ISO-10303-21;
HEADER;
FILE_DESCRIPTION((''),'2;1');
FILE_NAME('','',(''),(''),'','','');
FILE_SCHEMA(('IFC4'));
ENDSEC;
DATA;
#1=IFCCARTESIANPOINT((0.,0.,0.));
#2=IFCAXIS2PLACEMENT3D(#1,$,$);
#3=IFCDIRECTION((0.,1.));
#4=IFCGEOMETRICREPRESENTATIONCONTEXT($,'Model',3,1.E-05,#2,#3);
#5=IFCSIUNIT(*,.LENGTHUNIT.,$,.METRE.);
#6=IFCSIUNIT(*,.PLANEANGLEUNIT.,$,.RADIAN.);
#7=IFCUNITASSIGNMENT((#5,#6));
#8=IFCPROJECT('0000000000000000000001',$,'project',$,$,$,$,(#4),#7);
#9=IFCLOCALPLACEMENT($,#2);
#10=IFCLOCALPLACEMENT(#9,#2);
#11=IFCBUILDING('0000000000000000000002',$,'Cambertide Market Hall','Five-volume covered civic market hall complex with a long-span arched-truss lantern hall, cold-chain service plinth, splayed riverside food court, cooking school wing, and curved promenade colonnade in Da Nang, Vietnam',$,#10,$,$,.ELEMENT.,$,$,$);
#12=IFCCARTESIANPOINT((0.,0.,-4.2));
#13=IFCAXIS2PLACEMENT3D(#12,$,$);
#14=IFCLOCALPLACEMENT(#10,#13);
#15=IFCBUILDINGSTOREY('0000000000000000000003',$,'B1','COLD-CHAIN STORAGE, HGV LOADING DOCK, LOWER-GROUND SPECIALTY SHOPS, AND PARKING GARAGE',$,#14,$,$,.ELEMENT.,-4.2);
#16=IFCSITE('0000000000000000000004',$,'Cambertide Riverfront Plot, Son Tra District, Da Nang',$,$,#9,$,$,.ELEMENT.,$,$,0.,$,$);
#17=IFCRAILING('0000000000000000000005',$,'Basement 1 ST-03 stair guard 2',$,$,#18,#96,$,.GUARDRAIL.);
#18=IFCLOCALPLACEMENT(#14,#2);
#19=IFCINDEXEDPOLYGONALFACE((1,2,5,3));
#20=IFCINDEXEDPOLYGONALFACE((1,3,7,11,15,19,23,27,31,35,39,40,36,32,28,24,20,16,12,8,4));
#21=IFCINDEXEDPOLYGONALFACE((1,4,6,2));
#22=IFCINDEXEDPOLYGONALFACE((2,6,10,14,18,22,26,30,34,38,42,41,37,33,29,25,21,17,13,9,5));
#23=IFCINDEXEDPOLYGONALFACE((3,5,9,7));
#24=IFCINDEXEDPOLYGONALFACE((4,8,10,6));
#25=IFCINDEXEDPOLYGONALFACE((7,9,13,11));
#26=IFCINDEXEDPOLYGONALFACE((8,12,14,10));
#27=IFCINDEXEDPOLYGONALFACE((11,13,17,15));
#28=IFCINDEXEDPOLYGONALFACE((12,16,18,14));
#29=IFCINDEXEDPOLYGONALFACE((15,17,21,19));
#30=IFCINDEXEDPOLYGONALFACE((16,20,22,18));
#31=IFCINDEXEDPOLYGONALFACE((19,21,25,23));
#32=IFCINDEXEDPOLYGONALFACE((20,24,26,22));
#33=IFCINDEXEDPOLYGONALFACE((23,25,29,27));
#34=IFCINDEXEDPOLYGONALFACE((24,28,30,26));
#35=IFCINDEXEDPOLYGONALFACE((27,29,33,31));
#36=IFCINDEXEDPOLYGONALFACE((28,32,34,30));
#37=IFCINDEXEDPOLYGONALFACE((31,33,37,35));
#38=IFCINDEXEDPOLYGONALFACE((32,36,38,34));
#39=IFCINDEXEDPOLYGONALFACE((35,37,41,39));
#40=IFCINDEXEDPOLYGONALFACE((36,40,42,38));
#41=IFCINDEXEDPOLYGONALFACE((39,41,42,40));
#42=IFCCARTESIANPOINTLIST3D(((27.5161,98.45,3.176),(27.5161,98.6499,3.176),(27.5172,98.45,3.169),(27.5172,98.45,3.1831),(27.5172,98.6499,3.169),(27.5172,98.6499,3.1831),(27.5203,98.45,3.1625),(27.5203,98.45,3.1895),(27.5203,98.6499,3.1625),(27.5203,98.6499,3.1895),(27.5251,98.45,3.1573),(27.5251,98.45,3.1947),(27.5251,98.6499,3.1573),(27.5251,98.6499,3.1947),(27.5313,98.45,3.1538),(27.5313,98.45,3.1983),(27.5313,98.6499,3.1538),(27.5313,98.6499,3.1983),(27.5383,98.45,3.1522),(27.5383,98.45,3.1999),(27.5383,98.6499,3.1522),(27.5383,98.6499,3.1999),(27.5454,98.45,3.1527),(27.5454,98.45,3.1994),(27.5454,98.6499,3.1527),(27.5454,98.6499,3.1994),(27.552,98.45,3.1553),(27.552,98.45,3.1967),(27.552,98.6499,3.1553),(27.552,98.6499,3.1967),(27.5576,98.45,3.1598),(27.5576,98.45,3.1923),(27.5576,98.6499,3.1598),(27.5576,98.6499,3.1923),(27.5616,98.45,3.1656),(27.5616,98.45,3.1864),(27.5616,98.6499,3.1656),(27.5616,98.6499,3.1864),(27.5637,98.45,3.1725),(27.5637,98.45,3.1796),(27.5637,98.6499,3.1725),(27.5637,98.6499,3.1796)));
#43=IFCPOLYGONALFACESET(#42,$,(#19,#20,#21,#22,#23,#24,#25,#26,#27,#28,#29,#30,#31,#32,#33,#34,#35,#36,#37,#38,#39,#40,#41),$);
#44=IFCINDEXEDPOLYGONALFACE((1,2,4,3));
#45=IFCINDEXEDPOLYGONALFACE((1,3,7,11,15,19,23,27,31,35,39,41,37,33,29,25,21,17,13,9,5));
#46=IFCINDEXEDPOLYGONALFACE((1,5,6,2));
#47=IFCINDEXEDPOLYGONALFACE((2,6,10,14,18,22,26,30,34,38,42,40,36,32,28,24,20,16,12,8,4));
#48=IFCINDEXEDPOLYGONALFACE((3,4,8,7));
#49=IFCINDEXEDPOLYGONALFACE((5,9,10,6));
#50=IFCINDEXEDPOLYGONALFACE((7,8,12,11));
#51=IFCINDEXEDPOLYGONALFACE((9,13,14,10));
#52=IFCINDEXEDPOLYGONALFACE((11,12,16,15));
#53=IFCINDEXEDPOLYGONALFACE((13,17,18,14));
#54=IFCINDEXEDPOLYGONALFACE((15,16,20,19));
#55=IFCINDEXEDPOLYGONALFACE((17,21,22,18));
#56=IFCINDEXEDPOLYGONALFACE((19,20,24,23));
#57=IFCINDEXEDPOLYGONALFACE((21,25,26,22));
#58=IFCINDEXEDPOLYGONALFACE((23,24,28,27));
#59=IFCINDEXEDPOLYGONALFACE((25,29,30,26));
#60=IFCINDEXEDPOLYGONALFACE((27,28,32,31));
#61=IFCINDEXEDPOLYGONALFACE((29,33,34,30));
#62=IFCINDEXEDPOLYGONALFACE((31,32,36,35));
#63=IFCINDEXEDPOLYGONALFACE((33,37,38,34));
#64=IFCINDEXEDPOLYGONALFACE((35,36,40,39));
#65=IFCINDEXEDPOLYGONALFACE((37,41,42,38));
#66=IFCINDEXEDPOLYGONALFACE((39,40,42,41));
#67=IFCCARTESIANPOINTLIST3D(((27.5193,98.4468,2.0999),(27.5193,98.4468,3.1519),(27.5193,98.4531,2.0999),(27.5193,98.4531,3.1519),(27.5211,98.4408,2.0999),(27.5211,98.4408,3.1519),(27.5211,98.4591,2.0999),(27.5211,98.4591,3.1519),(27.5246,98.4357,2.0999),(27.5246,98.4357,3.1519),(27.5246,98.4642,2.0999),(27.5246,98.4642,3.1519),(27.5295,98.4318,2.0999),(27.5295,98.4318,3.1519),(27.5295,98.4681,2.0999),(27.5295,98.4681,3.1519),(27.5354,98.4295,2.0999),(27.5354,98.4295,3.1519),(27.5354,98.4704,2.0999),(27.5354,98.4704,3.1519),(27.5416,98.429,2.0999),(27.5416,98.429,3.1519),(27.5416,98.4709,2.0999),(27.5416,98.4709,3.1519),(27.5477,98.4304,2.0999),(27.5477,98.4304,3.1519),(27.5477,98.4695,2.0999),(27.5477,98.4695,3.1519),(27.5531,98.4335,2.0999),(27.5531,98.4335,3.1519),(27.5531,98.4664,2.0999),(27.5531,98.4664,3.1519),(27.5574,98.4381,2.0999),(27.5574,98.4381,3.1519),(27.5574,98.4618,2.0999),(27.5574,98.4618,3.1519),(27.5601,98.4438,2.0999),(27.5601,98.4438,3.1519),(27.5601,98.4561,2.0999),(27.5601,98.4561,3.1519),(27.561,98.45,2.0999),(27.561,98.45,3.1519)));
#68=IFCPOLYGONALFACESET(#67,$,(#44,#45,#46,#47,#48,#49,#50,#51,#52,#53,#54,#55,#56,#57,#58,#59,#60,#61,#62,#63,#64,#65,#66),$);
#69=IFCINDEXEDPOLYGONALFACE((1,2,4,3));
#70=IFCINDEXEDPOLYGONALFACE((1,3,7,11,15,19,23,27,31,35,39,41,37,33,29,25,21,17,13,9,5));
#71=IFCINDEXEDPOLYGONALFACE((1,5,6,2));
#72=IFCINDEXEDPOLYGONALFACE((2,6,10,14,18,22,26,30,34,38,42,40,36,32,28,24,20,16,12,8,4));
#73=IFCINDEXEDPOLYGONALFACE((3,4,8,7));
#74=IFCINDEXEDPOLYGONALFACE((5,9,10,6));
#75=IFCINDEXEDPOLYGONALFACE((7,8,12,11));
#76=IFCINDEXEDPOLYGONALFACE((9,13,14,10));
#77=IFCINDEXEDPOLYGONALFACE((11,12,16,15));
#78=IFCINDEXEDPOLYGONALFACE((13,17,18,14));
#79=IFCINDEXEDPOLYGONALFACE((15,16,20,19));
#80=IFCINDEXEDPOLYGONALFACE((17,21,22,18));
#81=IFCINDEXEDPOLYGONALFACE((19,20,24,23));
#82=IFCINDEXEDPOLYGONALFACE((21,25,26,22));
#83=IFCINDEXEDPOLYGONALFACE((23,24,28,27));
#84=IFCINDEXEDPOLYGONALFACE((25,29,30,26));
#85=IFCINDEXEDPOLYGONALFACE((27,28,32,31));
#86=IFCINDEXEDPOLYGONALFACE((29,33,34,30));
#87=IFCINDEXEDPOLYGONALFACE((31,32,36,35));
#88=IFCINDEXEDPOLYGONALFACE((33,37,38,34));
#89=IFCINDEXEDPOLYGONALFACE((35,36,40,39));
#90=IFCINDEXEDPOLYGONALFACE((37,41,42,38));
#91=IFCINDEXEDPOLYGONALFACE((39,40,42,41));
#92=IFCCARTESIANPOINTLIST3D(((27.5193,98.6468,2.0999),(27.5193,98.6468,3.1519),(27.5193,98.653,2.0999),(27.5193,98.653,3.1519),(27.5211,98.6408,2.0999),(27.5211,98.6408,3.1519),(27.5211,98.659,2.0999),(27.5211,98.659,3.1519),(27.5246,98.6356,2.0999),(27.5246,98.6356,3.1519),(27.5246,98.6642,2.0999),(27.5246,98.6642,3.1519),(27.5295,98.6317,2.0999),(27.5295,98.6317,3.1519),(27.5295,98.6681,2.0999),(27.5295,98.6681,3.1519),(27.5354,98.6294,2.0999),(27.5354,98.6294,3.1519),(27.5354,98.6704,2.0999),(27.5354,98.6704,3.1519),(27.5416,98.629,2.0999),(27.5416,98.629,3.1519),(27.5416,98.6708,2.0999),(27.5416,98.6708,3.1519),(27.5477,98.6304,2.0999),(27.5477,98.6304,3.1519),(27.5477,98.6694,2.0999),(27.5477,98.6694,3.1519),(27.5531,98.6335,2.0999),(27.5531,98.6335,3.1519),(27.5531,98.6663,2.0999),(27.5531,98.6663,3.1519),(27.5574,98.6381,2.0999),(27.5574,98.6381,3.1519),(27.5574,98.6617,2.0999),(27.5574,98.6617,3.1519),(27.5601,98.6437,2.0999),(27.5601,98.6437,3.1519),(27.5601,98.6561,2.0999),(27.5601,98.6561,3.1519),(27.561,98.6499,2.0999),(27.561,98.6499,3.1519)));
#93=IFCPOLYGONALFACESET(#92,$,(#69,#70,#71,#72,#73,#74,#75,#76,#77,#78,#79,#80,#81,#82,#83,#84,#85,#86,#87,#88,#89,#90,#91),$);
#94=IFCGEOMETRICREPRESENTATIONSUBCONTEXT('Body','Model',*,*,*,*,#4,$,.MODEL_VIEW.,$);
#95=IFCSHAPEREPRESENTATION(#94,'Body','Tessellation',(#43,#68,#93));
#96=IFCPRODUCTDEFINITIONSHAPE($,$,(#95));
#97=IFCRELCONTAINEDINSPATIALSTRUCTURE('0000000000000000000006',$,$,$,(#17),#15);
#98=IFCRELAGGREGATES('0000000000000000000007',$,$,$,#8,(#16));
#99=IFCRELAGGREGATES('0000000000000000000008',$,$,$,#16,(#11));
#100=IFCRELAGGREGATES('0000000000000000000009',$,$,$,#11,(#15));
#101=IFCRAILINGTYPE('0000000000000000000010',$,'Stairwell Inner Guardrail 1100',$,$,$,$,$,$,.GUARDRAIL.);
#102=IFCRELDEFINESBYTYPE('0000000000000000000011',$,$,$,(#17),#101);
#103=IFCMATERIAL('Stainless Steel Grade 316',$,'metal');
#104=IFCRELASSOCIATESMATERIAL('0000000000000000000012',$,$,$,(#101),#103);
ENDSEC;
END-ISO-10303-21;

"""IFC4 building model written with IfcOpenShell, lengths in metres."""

from ifc_helpers import new_model, si_unit, direction, frame, origin, origin_2d, place, context, subcontext, project, spatial, circle, extrude, material, type_object, element, save


model = new_model("IFC4")

# Units and contexts
model_context = context("Model", 3, precision=1e-05, world=origin(), true_north=direction((0.0, 1.0)))
body_context = subcontext(model_context, "Body", "Model", "MODEL_VIEW")
ifc_project = project(units=[si_unit("LENGTHUNIT", "METRE"), si_unit("PLANEANGLEUNIT", "RADIAN")], contexts=[model_context])

# Site, building, storey
site_placement = place(None, origin())
site = spatial("IfcSite", under=ifc_project, at=site_placement, Name="Cambertide Riverfront Plot, Son Tra District, Da Nang", CompositionType="ELEMENT", RefElevation=0.0)
building_placement = place(site_placement, origin())
building = spatial("IfcBuilding", under=site, at=building_placement, Name="Cambertide Market Hall", Description="Five-volume covered civic market hall complex with a long-span arched-truss lantern hall, cold-chain service plinth, splayed riverside food court, cooking school wing, and curved promenade colonnade in Da Nang, Vietnam", CompositionType="ELEMENT")
storey_placement = place(building_placement, frame((0.0, 0.0, -4.2)))
storey = spatial("IfcBuildingStorey", under=building, at=storey_placement, Name="B1", Description="COLD-CHAIN STORAGE, HGV LOADING DOCK, LOWER-GROUND SPECIALTY SHOPS, AND PARKING GARAGE", CompositionType="ELEMENT", Elevation=-4.2)

# Railing
ifc_material_1 = material(Name="Stainless Steel Grade 316", Category="metal")
railing_type_1 = type_object("IfcRailingType", Name="Stairwell Inner Guardrail 1100", PredefinedType="GUARDRAIL", material=ifc_material_1)
railing_1_placement = place(storey_placement, frame((27.54, 98.45, 2.0999)))
element("IfcRailing", 1, at=railing_1_placement, inside=storey, type_object=railing_type_1, Name="Basement 1 ST-03 stair guard 2", PredefinedType="GUARDRAIL", context=body_context, shape_type="SweptSolid", body=[
    extrude(circle(Radius=0.0239, at=origin_2d()), frame((0.0, 0.0, 1.0762), z_axis=(0.0, 1.0, 0.0), x_axis=(-1.0, 0.0, 0.0)), (0.0, 0.0, 1.0), 0.2),
    extrude(circle(Radius=0.021, at=origin_2d()), origin(), (0.0, 0.0, 1.0), 1.052),
    extrude(circle(Radius=0.021, at=origin_2d()), frame((0.0, 0.2, 0.0)), (0.0, 0.0, 1.0), 1.052),
])

save(model, "model.ifc")
